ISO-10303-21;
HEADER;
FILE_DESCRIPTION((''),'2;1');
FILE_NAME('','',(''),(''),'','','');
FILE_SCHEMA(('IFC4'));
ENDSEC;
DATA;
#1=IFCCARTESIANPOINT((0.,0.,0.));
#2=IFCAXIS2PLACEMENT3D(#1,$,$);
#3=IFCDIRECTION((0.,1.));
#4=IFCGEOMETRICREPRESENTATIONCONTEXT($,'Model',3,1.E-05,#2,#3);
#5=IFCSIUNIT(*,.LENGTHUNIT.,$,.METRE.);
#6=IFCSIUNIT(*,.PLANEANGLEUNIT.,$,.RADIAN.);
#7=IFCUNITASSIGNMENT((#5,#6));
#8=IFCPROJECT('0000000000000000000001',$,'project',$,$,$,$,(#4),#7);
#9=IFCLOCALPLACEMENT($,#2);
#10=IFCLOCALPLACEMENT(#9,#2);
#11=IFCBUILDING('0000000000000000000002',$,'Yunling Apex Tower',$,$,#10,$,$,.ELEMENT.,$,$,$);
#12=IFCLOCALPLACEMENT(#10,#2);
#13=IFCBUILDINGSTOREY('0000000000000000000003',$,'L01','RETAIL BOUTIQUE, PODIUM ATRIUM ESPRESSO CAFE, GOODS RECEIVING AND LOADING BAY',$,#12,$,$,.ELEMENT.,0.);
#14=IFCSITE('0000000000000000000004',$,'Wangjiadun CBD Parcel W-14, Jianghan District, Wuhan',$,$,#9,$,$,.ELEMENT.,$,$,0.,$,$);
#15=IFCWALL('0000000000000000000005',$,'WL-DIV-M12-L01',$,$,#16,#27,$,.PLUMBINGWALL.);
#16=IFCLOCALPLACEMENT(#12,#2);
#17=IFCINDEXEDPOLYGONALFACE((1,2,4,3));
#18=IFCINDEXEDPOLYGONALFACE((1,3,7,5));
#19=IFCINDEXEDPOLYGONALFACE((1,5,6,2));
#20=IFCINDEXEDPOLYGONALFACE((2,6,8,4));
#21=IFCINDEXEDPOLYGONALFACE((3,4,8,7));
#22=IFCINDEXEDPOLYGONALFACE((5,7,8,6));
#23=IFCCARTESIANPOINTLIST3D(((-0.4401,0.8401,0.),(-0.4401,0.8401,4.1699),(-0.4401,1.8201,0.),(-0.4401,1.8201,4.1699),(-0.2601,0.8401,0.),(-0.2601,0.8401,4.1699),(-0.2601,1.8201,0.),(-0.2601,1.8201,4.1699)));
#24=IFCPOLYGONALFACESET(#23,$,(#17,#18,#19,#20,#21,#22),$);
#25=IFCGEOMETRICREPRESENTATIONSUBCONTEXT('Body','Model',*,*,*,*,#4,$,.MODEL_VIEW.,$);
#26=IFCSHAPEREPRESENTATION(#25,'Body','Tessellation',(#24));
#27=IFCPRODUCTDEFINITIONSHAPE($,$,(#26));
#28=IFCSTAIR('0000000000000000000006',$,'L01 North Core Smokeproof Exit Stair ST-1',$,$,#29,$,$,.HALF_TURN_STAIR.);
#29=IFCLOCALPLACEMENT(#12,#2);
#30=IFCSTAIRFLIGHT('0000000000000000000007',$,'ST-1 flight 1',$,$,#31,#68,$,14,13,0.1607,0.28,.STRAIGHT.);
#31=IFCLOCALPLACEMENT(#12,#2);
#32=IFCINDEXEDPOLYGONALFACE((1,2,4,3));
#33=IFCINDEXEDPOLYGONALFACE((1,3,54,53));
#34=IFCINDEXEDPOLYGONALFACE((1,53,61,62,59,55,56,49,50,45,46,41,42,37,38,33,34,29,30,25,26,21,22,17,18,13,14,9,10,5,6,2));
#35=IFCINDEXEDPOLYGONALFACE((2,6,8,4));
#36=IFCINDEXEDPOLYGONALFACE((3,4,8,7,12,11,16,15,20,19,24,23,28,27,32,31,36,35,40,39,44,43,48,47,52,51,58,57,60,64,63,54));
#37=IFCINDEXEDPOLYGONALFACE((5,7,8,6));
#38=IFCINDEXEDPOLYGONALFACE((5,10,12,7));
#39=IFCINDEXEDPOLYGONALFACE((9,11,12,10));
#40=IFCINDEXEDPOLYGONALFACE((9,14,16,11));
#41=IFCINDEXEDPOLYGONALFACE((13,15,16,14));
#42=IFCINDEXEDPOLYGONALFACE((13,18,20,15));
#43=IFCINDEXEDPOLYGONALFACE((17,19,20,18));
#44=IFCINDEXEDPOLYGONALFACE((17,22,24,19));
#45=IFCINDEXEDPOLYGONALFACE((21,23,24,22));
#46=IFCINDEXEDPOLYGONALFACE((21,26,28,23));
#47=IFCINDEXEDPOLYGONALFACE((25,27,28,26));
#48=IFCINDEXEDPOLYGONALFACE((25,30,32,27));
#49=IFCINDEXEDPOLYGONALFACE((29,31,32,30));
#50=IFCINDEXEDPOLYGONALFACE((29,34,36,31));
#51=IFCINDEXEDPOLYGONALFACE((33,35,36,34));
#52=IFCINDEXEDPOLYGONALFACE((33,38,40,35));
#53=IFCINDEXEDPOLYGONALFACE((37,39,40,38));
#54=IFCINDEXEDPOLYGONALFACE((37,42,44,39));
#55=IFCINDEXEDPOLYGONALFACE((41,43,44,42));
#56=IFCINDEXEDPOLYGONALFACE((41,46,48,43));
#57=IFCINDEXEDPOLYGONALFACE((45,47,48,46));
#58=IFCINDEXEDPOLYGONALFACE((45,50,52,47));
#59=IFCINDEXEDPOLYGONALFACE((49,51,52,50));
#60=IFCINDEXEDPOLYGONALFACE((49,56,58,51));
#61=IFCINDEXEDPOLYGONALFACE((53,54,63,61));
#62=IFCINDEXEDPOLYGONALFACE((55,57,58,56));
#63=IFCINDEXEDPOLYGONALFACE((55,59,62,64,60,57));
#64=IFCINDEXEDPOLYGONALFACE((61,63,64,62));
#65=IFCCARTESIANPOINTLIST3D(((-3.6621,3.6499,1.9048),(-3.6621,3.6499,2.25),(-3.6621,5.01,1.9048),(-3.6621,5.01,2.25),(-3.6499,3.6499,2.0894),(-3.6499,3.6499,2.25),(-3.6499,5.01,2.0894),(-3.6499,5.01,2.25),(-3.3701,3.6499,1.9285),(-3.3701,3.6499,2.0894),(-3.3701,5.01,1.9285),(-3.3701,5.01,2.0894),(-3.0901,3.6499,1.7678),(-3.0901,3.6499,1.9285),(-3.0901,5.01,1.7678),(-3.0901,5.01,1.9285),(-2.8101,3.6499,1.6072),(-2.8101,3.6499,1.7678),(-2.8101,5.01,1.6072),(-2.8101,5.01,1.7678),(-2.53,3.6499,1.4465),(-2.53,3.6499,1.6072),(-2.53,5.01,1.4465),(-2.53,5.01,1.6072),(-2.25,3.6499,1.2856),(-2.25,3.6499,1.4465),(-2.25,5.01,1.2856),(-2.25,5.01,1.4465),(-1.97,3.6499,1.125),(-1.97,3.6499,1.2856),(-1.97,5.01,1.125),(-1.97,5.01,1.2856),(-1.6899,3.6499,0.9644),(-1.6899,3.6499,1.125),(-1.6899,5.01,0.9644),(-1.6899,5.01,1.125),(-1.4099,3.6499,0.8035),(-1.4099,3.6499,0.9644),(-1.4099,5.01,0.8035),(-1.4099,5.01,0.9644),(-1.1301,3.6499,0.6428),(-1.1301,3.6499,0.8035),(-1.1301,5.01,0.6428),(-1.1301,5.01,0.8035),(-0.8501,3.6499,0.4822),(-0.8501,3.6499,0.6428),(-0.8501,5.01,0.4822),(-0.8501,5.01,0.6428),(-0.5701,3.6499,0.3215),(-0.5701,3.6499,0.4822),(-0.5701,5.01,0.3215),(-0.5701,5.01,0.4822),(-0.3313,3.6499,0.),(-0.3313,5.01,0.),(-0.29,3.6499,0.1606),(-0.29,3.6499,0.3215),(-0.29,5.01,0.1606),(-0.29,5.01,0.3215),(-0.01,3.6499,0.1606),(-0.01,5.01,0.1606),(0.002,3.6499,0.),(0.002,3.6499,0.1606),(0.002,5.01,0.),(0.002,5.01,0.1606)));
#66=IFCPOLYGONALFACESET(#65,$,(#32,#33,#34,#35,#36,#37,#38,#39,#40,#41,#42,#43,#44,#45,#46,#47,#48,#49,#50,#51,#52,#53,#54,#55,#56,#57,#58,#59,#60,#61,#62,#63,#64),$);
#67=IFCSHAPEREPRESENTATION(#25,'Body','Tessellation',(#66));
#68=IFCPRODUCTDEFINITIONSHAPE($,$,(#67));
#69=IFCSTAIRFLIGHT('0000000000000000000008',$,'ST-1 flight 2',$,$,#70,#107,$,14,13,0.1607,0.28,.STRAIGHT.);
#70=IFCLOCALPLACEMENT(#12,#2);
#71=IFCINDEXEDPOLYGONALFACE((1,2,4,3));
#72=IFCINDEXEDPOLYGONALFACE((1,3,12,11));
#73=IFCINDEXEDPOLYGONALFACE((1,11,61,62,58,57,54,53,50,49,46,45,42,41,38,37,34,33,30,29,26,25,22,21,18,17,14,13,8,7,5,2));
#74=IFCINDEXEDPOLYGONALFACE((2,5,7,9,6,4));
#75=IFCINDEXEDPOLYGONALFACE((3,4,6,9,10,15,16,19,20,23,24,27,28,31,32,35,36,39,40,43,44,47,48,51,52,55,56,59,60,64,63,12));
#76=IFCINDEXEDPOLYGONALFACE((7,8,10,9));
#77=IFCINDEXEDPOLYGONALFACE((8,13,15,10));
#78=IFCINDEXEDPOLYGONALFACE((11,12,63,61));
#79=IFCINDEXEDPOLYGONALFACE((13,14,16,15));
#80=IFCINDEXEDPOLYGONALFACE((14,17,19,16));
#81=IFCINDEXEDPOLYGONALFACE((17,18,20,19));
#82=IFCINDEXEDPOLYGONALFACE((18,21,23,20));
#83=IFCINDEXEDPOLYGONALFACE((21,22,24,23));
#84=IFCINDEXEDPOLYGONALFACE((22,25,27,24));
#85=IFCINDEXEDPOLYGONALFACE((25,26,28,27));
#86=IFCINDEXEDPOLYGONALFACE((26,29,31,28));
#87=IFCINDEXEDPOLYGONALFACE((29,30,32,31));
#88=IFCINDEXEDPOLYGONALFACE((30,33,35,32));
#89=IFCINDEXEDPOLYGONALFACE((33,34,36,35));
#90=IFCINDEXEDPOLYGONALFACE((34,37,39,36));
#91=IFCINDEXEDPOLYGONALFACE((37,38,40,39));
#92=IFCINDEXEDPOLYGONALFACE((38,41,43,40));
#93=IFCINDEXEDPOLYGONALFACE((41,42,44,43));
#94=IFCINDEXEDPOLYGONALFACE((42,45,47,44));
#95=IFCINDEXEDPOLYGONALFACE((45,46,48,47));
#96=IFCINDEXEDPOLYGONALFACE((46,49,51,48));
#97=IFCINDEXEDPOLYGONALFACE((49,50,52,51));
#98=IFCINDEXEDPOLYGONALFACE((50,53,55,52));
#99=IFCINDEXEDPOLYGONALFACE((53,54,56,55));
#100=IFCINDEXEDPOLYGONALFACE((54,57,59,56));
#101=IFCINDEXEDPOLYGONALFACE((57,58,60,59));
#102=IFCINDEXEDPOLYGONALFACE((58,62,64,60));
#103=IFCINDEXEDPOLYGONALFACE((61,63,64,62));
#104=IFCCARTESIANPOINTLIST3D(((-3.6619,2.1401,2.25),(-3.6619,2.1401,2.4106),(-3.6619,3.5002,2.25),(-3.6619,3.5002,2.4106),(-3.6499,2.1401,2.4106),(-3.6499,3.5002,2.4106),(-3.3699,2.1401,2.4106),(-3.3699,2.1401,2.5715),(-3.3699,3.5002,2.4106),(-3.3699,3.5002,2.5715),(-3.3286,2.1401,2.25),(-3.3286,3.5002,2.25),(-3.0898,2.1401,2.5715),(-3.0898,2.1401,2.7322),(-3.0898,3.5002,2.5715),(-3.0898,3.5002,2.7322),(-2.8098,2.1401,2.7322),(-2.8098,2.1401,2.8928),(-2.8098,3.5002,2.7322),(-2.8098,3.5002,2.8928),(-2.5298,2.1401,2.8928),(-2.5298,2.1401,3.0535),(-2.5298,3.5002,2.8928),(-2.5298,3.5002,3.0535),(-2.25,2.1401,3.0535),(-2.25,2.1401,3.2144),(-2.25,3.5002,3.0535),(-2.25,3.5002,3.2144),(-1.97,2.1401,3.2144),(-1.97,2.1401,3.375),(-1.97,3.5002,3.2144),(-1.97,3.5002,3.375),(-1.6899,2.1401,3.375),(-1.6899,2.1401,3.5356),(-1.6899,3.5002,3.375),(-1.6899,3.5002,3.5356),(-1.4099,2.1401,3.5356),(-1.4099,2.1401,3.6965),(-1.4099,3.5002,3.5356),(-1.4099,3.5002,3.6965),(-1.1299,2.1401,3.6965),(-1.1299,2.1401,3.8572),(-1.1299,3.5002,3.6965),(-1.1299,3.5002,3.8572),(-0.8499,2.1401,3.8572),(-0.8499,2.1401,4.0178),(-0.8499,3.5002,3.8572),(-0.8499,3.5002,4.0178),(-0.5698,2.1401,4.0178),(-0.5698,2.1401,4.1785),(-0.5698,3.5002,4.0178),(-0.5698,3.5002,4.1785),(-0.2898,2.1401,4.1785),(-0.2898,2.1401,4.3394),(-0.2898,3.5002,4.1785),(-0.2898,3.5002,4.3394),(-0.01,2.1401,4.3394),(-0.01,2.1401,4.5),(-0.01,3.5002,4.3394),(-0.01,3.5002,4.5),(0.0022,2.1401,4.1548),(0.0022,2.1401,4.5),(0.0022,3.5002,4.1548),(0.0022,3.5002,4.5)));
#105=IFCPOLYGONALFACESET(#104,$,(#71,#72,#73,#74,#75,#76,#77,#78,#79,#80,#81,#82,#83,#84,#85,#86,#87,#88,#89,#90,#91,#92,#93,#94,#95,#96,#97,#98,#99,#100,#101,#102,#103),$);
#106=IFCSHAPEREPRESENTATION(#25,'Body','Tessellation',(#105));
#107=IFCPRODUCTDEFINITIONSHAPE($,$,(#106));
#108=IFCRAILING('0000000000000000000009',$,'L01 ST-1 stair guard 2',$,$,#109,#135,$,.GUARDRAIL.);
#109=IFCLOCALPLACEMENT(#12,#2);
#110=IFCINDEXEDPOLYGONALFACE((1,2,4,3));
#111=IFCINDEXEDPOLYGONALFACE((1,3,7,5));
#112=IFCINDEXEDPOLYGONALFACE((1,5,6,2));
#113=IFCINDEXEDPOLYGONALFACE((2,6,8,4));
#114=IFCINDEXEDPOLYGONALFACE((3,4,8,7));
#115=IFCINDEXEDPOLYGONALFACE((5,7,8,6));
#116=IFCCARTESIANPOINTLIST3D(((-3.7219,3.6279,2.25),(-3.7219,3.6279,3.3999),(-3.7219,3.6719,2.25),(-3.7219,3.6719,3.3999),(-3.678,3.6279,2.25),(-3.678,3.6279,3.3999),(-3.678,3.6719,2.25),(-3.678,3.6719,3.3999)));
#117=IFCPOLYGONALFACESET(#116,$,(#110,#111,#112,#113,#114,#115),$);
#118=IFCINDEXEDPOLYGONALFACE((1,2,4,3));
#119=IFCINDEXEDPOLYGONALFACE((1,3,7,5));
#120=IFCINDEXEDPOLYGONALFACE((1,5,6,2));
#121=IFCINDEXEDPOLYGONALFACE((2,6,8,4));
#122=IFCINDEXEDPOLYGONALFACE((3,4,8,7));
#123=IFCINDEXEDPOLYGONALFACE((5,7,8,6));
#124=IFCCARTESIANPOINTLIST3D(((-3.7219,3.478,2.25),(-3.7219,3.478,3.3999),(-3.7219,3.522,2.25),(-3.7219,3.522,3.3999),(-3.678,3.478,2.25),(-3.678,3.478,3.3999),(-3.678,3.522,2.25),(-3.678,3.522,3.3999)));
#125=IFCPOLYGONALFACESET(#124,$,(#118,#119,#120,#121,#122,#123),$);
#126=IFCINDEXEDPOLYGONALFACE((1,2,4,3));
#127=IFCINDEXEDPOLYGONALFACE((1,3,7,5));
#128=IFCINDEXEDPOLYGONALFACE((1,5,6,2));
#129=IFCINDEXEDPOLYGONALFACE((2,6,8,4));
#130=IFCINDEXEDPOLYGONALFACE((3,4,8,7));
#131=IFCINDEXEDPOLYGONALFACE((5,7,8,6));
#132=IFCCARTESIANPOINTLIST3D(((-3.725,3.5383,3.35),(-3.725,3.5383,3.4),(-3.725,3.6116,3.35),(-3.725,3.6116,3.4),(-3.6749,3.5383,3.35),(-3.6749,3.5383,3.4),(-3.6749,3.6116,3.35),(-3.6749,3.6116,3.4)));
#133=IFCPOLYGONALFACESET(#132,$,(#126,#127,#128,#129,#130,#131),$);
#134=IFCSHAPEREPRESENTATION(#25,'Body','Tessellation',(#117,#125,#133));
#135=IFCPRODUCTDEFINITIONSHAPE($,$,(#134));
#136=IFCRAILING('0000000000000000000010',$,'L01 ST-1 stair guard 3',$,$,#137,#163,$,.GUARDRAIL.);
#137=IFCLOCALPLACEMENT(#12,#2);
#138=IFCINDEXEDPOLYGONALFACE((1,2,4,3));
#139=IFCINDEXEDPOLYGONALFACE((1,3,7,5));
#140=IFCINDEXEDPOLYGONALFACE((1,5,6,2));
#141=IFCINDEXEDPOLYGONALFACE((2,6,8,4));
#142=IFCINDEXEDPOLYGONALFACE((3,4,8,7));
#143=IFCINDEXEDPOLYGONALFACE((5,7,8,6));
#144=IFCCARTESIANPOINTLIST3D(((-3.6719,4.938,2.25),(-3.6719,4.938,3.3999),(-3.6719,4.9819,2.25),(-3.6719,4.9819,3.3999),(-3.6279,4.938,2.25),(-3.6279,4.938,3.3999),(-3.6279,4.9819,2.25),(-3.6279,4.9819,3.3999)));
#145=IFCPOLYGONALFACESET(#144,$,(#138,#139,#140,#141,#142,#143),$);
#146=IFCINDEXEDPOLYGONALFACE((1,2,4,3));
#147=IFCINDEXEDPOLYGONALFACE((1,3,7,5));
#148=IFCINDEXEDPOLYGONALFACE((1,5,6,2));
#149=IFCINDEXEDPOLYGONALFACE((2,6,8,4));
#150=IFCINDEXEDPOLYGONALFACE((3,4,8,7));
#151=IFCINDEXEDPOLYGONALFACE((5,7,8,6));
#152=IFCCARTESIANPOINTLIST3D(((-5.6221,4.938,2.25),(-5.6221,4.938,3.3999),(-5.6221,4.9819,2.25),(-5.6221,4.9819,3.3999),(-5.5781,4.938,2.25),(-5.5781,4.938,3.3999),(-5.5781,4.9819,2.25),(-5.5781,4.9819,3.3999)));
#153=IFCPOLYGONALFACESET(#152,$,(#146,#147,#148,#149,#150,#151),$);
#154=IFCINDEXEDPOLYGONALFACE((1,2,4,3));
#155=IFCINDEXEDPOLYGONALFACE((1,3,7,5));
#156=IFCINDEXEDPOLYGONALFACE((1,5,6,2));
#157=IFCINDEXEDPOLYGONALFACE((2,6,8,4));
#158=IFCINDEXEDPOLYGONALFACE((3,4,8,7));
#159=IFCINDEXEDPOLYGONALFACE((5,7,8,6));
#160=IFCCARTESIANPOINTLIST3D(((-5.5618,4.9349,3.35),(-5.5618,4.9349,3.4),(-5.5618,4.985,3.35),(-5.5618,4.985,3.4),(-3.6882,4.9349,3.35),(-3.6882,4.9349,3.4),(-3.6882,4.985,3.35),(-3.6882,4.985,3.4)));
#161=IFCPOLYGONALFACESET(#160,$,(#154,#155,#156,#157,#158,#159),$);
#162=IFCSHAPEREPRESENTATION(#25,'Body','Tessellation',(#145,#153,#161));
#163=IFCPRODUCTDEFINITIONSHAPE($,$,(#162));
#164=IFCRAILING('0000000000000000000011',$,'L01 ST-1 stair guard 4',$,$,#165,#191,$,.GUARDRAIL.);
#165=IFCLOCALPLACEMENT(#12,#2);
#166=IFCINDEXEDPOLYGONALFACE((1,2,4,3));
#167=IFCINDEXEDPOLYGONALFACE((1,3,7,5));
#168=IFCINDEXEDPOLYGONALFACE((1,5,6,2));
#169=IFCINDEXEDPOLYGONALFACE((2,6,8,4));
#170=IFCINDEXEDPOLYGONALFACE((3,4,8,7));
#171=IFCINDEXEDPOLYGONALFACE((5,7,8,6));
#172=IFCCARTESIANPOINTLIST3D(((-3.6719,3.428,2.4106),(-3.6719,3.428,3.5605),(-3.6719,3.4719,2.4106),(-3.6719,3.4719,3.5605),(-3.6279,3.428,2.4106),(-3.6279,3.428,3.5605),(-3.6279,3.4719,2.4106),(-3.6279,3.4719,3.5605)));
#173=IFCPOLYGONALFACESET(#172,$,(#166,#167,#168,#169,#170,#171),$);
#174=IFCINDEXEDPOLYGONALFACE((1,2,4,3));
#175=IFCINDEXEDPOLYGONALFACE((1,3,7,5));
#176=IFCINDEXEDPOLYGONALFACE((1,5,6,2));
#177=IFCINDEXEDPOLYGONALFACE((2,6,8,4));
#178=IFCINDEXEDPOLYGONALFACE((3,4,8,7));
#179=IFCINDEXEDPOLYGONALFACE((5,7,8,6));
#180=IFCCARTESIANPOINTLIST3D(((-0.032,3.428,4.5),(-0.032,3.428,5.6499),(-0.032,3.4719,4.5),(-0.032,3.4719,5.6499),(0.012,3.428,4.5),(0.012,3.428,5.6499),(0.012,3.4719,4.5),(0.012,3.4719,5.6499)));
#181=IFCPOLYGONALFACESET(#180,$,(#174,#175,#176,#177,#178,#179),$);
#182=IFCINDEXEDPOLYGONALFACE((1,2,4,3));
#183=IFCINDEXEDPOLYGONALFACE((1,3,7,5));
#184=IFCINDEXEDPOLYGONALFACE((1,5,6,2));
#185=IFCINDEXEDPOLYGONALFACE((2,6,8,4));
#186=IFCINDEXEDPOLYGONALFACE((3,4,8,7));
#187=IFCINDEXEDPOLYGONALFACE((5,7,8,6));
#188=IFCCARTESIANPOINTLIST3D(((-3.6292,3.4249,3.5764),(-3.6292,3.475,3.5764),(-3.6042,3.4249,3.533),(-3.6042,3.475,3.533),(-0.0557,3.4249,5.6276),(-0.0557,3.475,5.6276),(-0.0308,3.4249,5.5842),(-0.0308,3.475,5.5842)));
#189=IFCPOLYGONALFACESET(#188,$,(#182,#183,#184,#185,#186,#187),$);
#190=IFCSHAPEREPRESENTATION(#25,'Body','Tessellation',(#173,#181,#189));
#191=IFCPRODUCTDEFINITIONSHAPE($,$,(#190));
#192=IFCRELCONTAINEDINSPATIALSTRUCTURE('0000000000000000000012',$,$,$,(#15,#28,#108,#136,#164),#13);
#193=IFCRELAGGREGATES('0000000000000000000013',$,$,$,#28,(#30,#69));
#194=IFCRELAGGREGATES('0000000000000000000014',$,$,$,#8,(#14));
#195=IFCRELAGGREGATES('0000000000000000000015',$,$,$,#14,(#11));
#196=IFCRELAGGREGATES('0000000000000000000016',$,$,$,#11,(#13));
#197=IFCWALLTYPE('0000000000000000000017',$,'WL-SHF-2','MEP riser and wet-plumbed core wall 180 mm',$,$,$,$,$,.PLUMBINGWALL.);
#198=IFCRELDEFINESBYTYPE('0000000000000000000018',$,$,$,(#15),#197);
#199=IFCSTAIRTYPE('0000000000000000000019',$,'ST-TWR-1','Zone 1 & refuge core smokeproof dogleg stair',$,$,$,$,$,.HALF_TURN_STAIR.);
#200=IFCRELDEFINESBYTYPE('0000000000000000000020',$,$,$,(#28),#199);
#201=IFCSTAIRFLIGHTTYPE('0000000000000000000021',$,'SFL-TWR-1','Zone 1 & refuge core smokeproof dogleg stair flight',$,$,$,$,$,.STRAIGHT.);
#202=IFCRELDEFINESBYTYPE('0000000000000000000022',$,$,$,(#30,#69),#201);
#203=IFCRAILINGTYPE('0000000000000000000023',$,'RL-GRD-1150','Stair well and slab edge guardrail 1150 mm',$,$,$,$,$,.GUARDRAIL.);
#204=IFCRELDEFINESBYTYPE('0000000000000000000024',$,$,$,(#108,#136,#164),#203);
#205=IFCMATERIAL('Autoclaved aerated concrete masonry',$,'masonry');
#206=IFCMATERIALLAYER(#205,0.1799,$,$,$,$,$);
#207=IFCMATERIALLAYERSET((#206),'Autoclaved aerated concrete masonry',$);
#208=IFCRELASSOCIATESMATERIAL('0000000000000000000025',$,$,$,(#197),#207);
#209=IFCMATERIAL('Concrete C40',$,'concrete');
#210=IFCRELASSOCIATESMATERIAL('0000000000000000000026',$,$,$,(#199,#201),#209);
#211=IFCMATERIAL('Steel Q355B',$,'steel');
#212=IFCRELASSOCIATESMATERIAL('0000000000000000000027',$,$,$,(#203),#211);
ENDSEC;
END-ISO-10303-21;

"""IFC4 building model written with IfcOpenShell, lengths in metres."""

from ifc_helpers import new_model, si_unit, direction, frame, frame_2d, origin, origin_2d, place, context, subcontext, project, spatial, polyline, rectangle, outline, extrude, material, layer, layer_set, type_object, element, aggregate, save


model = new_model("IFC4")

# Units and contexts
model_context = context("Model", 3, precision=1e-05, world=origin(), true_north=direction((0.0, 1.0)))
body_context = subcontext(model_context, "Body", "Model", "MODEL_VIEW")
ifc_project = project(units=[si_unit("LENGTHUNIT", "METRE"), si_unit("PLANEANGLEUNIT", "RADIAN")], contexts=[model_context])

# Site, building, storey
site_placement = place(None, origin())
site = spatial("IfcSite", under=ifc_project, at=site_placement, Name="Wangjiadun CBD Parcel W-14, Jianghan District, Wuhan", CompositionType="ELEMENT", RefElevation=0.0)
building_placement = place(site_placement, origin())
building = spatial("IfcBuilding", under=site, at=building_placement, Name="Yunling Apex Tower", CompositionType="ELEMENT")
storey_placement = place(building_placement, origin())
storey = spatial("IfcBuildingStorey", under=building, at=storey_placement, Name="L01", Description="RETAIL BOUTIQUE, PODIUM ATRIUM ESPRESSO CAFE, GOODS RECEIVING AND LOADING BAY", CompositionType="ELEMENT", Elevation=0.0)

# Shared definitions
ifc_material_1 = material(Name="Steel Q355B", Category="steel")

# Wall
ifc_material_2 = material(Name="Concrete C40", Category="concrete")
ifc_material_3 = material(Name="Autoclaved aerated concrete masonry", Category="masonry")
ifc_layer_1 = layer(ifc_material_3, 0.1799)
ifc_layer_set_1 = layer_set([ifc_layer_1], Name="Autoclaved aerated concrete masonry")
wall_type_1 = type_object("IfcWallType", Name="WL-SHF-2", Description="MEP riser and wet-plumbed core wall 180 mm", PredefinedType="PLUMBINGWALL", material=ifc_layer_set_1)
for number, where, z_axis, x_axis, name in (
    (1, (-0.3501, 0.8401, 0.0), (0.0, 0.0, 1.0), (0.0, 1.0, 0.0), "WL-DIV-M12-L01"),
):
    element("IfcWall", number, at=place(storey_placement, frame(where, z_axis=z_axis, x_axis=x_axis)), inside=storey, type_object=wall_type_1, Name=name, PredefinedType="PLUMBINGWALL", context=body_context, shape_type="SweptSolid", body=[
        extrude(rectangle(XDim=0.98, YDim=0.1799, at=frame_2d((0.49, 0.0))), origin(), (0.0, 0.0, 1.0), 4.1699),
    ])

# Stair, stair flights
stair_type = type_object("IfcStairType", Name="ST-TWR-1", Description="Zone 1 & refuge core smokeproof dogleg stair", PredefinedType="HALF_TURN_STAIR", material=ifc_material_2)
stair_placement = place(storey_placement, origin())
stair = element("IfcStair", 2, at=stair_placement, inside=storey, type_object=stair_type, Name="L01 North Core Smokeproof Exit Stair ST-1", PredefinedType="HALF_TURN_STAIR")
stair_flight_type = type_object("IfcStairFlightType", Name="SFL-TWR-1", Description="Zone 1 & refuge core smokeproof dogleg stair flight", PredefinedType="STRAIGHT", material=ifc_material_2)
stair_flight_1_placement = place(storey_placement, frame((-0.01, 4.3301, 0.0), z_axis=(0.0, 0.0, 1.0), x_axis=(-1.0, 0.0, 0.0)))
stair_flight_1 = element("IfcStairFlight", 3, at=stair_flight_1_placement, type_object=stair_flight_type, Name="ST-1 flight 1", NumberOfRisers=14, NumberOfTreads=13, PredefinedType="STRAIGHT", RiserHeight=0.1607, TreadLength=0.28, context=body_context, shape_type="SweptSolid", body=[
    extrude(outline(polyline([(-0.012, 0.0), (-0.012, 0.1606), (0.0, 0.1606), (0.28, 0.1606), (0.28, 0.3215), (0.5601, 0.3215), (0.5601, 0.4822), (0.8401, 0.4822), (0.8401, 0.6428), (1.1201, 0.6428), (1.1201, 0.8035), (1.3999, 0.8035), (1.3999, 0.9644), (1.6799, 0.9644), (1.6799, 1.125), (1.96, 1.125), (1.96, 1.2856), (2.24, 1.2856), (2.24, 1.4465), (2.52, 1.4465), (2.52, 1.6072), (2.8, 1.6072), (2.8, 1.7678), (3.0801, 1.7678), (3.0801, 1.9285), (3.3601, 1.9285), (3.3601, 2.0894), (3.6399, 2.0894), (3.6399, 2.25), (3.6521, 2.25), (3.6521, 1.9048), (0.3213, 0.0), (-0.012, 0.0)])), frame((0.0, 0.6802, 0.0), z_axis=(0.0, -1.0, 0.0), x_axis=(1.0, 0.0, 0.0)), (0.0, 0.0, 1.0), 1.3601),
])
stair_flight_2_placement = place(storey_placement, frame((-3.6499, 2.8201, 2.25), z_axis=(0.0, 0.0, 1.0), x_axis=(1.0, 0.0, 0.0)))
stair_flight_2 = element("IfcStairFlight", 4, at=stair_flight_2_placement, type_object=stair_flight_type, Name="ST-1 flight 2", NumberOfRisers=14, NumberOfTreads=13, PredefinedType="STRAIGHT", RiserHeight=0.1607, TreadLength=0.28, context=body_context, shape_type="SweptSolid", body=[
    extrude(outline(polyline([(-0.012, 0.0), (-0.012, 0.1606), (0.0, 0.1606), (0.28, 0.1606), (0.28, 0.3215), (0.5601, 0.3215), (0.5601, 0.4822), (0.8401, 0.4822), (0.8401, 0.6428), (1.1201, 0.6428), (1.1201, 0.8035), (1.3999, 0.8035), (1.3999, 0.9644), (1.6799, 0.9644), (1.6799, 1.125), (1.96, 1.125), (1.96, 1.2856), (2.24, 1.2856), (2.24, 1.4465), (2.52, 1.4465), (2.52, 1.6072), (2.8, 1.6072), (2.8, 1.7678), (3.0801, 1.7678), (3.0801, 1.9285), (3.3601, 1.9285), (3.3601, 2.0894), (3.6399, 2.0894), (3.6399, 2.25), (3.6521, 2.25), (3.6521, 1.9048), (0.3213, 0.0), (-0.012, 0.0)])), frame((0.0, 0.6802, 0.0), z_axis=(0.0, -1.0, 0.0), x_axis=(1.0, 0.0, 0.0)), (0.0, 0.0, 1.0), 1.3601),
])
aggregate(stair, [stair_flight_1, stair_flight_2])

# Railings
railing_type_1 = type_object("IfcRailingType", Name="RL-GRD-1150", Description="Stair well and slab edge guardrail 1150 mm", PredefinedType="GUARDRAIL", material=ifc_material_1)
railing_1_placement = place(storey_placement, frame((-3.7, 3.6499, 2.25)))
element("IfcRailing", 5, at=railing_1_placement, inside=storey, type_object=railing_type_1, Name="L01 ST-1 stair guard 2", PredefinedType="GUARDRAIL", context=body_context, shape_type="SweptSolid", body=[
    extrude(rectangle(XDim=0.0439, YDim=0.0439, at=origin_2d()), origin(), (0.0, 0.0, 1.0), 1.1499),
    extrude(rectangle(XDim=0.0439, YDim=0.0439, at=origin_2d()), frame((0.0, -0.1499, 0.0)), (0.0, 0.0, 1.0), 1.1499),
    extrude(rectangle(XDim=0.05, YDim=0.05, at=origin_2d()), frame((0.0, -0.0383, 1.125), z_axis=(0.0, -1.0, 0.0), x_axis=(1.0, 0.0, 0.0)), (0.0, 0.0, 1.0), 0.0732),
])
railing_2_placement = place(storey_placement, frame((-3.6499, 4.96, 2.25)))
element("IfcRailing", 6, at=railing_2_placement, inside=storey, type_object=railing_type_1, Name="L01 ST-1 stair guard 3", PredefinedType="GUARDRAIL", context=body_context, shape_type="SweptSolid", body=[
    extrude(rectangle(XDim=0.0439, YDim=0.0439, at=origin_2d()), origin(), (0.0, 0.0, 1.0), 1.1499),
    extrude(rectangle(XDim=0.0439, YDim=0.0439, at=origin_2d()), frame((-1.9502, 0.0, 0.0)), (0.0, 0.0, 1.0), 1.1499),
    extrude(rectangle(XDim=0.05, YDim=0.05, at=origin_2d()), frame((-0.0383, 0.0, 1.125), z_axis=(-1.0, 0.0, 0.0), x_axis=(0.0, -1.0, 0.0)), (0.0, 0.0, 1.0), 1.8735),
])
railing_3_placement = place(storey_placement, frame((-3.6499, 3.45, 2.4106)))
element("IfcRailing", 7, at=railing_3_placement, inside=storey, type_object=railing_type_1, Name="L01 ST-1 stair guard 4", PredefinedType="GUARDRAIL", context=body_context, shape_type="SweptSolid", body=[
    extrude(rectangle(XDim=0.0439, YDim=0.0439, at=origin_2d()), origin(), (0.0, 0.0, 1.0), 1.1499),
    extrude(rectangle(XDim=0.0439, YDim=0.0439, at=origin_2d()), frame((3.6399, 0.0, 2.0894)), (0.0, 0.0, 1.0), 1.1499),
    extrude(rectangle(XDim=0.05, YDim=0.05, at=origin_2d()), frame((0.0332, 0.0, 1.144), z_axis=(0.867275, 0.0, 0.497829), x_axis=(0.0, 1.0, 0.0)), (0.0, 0.0, 1.0), 4.1204),
])

save(model, "model.ifc")
